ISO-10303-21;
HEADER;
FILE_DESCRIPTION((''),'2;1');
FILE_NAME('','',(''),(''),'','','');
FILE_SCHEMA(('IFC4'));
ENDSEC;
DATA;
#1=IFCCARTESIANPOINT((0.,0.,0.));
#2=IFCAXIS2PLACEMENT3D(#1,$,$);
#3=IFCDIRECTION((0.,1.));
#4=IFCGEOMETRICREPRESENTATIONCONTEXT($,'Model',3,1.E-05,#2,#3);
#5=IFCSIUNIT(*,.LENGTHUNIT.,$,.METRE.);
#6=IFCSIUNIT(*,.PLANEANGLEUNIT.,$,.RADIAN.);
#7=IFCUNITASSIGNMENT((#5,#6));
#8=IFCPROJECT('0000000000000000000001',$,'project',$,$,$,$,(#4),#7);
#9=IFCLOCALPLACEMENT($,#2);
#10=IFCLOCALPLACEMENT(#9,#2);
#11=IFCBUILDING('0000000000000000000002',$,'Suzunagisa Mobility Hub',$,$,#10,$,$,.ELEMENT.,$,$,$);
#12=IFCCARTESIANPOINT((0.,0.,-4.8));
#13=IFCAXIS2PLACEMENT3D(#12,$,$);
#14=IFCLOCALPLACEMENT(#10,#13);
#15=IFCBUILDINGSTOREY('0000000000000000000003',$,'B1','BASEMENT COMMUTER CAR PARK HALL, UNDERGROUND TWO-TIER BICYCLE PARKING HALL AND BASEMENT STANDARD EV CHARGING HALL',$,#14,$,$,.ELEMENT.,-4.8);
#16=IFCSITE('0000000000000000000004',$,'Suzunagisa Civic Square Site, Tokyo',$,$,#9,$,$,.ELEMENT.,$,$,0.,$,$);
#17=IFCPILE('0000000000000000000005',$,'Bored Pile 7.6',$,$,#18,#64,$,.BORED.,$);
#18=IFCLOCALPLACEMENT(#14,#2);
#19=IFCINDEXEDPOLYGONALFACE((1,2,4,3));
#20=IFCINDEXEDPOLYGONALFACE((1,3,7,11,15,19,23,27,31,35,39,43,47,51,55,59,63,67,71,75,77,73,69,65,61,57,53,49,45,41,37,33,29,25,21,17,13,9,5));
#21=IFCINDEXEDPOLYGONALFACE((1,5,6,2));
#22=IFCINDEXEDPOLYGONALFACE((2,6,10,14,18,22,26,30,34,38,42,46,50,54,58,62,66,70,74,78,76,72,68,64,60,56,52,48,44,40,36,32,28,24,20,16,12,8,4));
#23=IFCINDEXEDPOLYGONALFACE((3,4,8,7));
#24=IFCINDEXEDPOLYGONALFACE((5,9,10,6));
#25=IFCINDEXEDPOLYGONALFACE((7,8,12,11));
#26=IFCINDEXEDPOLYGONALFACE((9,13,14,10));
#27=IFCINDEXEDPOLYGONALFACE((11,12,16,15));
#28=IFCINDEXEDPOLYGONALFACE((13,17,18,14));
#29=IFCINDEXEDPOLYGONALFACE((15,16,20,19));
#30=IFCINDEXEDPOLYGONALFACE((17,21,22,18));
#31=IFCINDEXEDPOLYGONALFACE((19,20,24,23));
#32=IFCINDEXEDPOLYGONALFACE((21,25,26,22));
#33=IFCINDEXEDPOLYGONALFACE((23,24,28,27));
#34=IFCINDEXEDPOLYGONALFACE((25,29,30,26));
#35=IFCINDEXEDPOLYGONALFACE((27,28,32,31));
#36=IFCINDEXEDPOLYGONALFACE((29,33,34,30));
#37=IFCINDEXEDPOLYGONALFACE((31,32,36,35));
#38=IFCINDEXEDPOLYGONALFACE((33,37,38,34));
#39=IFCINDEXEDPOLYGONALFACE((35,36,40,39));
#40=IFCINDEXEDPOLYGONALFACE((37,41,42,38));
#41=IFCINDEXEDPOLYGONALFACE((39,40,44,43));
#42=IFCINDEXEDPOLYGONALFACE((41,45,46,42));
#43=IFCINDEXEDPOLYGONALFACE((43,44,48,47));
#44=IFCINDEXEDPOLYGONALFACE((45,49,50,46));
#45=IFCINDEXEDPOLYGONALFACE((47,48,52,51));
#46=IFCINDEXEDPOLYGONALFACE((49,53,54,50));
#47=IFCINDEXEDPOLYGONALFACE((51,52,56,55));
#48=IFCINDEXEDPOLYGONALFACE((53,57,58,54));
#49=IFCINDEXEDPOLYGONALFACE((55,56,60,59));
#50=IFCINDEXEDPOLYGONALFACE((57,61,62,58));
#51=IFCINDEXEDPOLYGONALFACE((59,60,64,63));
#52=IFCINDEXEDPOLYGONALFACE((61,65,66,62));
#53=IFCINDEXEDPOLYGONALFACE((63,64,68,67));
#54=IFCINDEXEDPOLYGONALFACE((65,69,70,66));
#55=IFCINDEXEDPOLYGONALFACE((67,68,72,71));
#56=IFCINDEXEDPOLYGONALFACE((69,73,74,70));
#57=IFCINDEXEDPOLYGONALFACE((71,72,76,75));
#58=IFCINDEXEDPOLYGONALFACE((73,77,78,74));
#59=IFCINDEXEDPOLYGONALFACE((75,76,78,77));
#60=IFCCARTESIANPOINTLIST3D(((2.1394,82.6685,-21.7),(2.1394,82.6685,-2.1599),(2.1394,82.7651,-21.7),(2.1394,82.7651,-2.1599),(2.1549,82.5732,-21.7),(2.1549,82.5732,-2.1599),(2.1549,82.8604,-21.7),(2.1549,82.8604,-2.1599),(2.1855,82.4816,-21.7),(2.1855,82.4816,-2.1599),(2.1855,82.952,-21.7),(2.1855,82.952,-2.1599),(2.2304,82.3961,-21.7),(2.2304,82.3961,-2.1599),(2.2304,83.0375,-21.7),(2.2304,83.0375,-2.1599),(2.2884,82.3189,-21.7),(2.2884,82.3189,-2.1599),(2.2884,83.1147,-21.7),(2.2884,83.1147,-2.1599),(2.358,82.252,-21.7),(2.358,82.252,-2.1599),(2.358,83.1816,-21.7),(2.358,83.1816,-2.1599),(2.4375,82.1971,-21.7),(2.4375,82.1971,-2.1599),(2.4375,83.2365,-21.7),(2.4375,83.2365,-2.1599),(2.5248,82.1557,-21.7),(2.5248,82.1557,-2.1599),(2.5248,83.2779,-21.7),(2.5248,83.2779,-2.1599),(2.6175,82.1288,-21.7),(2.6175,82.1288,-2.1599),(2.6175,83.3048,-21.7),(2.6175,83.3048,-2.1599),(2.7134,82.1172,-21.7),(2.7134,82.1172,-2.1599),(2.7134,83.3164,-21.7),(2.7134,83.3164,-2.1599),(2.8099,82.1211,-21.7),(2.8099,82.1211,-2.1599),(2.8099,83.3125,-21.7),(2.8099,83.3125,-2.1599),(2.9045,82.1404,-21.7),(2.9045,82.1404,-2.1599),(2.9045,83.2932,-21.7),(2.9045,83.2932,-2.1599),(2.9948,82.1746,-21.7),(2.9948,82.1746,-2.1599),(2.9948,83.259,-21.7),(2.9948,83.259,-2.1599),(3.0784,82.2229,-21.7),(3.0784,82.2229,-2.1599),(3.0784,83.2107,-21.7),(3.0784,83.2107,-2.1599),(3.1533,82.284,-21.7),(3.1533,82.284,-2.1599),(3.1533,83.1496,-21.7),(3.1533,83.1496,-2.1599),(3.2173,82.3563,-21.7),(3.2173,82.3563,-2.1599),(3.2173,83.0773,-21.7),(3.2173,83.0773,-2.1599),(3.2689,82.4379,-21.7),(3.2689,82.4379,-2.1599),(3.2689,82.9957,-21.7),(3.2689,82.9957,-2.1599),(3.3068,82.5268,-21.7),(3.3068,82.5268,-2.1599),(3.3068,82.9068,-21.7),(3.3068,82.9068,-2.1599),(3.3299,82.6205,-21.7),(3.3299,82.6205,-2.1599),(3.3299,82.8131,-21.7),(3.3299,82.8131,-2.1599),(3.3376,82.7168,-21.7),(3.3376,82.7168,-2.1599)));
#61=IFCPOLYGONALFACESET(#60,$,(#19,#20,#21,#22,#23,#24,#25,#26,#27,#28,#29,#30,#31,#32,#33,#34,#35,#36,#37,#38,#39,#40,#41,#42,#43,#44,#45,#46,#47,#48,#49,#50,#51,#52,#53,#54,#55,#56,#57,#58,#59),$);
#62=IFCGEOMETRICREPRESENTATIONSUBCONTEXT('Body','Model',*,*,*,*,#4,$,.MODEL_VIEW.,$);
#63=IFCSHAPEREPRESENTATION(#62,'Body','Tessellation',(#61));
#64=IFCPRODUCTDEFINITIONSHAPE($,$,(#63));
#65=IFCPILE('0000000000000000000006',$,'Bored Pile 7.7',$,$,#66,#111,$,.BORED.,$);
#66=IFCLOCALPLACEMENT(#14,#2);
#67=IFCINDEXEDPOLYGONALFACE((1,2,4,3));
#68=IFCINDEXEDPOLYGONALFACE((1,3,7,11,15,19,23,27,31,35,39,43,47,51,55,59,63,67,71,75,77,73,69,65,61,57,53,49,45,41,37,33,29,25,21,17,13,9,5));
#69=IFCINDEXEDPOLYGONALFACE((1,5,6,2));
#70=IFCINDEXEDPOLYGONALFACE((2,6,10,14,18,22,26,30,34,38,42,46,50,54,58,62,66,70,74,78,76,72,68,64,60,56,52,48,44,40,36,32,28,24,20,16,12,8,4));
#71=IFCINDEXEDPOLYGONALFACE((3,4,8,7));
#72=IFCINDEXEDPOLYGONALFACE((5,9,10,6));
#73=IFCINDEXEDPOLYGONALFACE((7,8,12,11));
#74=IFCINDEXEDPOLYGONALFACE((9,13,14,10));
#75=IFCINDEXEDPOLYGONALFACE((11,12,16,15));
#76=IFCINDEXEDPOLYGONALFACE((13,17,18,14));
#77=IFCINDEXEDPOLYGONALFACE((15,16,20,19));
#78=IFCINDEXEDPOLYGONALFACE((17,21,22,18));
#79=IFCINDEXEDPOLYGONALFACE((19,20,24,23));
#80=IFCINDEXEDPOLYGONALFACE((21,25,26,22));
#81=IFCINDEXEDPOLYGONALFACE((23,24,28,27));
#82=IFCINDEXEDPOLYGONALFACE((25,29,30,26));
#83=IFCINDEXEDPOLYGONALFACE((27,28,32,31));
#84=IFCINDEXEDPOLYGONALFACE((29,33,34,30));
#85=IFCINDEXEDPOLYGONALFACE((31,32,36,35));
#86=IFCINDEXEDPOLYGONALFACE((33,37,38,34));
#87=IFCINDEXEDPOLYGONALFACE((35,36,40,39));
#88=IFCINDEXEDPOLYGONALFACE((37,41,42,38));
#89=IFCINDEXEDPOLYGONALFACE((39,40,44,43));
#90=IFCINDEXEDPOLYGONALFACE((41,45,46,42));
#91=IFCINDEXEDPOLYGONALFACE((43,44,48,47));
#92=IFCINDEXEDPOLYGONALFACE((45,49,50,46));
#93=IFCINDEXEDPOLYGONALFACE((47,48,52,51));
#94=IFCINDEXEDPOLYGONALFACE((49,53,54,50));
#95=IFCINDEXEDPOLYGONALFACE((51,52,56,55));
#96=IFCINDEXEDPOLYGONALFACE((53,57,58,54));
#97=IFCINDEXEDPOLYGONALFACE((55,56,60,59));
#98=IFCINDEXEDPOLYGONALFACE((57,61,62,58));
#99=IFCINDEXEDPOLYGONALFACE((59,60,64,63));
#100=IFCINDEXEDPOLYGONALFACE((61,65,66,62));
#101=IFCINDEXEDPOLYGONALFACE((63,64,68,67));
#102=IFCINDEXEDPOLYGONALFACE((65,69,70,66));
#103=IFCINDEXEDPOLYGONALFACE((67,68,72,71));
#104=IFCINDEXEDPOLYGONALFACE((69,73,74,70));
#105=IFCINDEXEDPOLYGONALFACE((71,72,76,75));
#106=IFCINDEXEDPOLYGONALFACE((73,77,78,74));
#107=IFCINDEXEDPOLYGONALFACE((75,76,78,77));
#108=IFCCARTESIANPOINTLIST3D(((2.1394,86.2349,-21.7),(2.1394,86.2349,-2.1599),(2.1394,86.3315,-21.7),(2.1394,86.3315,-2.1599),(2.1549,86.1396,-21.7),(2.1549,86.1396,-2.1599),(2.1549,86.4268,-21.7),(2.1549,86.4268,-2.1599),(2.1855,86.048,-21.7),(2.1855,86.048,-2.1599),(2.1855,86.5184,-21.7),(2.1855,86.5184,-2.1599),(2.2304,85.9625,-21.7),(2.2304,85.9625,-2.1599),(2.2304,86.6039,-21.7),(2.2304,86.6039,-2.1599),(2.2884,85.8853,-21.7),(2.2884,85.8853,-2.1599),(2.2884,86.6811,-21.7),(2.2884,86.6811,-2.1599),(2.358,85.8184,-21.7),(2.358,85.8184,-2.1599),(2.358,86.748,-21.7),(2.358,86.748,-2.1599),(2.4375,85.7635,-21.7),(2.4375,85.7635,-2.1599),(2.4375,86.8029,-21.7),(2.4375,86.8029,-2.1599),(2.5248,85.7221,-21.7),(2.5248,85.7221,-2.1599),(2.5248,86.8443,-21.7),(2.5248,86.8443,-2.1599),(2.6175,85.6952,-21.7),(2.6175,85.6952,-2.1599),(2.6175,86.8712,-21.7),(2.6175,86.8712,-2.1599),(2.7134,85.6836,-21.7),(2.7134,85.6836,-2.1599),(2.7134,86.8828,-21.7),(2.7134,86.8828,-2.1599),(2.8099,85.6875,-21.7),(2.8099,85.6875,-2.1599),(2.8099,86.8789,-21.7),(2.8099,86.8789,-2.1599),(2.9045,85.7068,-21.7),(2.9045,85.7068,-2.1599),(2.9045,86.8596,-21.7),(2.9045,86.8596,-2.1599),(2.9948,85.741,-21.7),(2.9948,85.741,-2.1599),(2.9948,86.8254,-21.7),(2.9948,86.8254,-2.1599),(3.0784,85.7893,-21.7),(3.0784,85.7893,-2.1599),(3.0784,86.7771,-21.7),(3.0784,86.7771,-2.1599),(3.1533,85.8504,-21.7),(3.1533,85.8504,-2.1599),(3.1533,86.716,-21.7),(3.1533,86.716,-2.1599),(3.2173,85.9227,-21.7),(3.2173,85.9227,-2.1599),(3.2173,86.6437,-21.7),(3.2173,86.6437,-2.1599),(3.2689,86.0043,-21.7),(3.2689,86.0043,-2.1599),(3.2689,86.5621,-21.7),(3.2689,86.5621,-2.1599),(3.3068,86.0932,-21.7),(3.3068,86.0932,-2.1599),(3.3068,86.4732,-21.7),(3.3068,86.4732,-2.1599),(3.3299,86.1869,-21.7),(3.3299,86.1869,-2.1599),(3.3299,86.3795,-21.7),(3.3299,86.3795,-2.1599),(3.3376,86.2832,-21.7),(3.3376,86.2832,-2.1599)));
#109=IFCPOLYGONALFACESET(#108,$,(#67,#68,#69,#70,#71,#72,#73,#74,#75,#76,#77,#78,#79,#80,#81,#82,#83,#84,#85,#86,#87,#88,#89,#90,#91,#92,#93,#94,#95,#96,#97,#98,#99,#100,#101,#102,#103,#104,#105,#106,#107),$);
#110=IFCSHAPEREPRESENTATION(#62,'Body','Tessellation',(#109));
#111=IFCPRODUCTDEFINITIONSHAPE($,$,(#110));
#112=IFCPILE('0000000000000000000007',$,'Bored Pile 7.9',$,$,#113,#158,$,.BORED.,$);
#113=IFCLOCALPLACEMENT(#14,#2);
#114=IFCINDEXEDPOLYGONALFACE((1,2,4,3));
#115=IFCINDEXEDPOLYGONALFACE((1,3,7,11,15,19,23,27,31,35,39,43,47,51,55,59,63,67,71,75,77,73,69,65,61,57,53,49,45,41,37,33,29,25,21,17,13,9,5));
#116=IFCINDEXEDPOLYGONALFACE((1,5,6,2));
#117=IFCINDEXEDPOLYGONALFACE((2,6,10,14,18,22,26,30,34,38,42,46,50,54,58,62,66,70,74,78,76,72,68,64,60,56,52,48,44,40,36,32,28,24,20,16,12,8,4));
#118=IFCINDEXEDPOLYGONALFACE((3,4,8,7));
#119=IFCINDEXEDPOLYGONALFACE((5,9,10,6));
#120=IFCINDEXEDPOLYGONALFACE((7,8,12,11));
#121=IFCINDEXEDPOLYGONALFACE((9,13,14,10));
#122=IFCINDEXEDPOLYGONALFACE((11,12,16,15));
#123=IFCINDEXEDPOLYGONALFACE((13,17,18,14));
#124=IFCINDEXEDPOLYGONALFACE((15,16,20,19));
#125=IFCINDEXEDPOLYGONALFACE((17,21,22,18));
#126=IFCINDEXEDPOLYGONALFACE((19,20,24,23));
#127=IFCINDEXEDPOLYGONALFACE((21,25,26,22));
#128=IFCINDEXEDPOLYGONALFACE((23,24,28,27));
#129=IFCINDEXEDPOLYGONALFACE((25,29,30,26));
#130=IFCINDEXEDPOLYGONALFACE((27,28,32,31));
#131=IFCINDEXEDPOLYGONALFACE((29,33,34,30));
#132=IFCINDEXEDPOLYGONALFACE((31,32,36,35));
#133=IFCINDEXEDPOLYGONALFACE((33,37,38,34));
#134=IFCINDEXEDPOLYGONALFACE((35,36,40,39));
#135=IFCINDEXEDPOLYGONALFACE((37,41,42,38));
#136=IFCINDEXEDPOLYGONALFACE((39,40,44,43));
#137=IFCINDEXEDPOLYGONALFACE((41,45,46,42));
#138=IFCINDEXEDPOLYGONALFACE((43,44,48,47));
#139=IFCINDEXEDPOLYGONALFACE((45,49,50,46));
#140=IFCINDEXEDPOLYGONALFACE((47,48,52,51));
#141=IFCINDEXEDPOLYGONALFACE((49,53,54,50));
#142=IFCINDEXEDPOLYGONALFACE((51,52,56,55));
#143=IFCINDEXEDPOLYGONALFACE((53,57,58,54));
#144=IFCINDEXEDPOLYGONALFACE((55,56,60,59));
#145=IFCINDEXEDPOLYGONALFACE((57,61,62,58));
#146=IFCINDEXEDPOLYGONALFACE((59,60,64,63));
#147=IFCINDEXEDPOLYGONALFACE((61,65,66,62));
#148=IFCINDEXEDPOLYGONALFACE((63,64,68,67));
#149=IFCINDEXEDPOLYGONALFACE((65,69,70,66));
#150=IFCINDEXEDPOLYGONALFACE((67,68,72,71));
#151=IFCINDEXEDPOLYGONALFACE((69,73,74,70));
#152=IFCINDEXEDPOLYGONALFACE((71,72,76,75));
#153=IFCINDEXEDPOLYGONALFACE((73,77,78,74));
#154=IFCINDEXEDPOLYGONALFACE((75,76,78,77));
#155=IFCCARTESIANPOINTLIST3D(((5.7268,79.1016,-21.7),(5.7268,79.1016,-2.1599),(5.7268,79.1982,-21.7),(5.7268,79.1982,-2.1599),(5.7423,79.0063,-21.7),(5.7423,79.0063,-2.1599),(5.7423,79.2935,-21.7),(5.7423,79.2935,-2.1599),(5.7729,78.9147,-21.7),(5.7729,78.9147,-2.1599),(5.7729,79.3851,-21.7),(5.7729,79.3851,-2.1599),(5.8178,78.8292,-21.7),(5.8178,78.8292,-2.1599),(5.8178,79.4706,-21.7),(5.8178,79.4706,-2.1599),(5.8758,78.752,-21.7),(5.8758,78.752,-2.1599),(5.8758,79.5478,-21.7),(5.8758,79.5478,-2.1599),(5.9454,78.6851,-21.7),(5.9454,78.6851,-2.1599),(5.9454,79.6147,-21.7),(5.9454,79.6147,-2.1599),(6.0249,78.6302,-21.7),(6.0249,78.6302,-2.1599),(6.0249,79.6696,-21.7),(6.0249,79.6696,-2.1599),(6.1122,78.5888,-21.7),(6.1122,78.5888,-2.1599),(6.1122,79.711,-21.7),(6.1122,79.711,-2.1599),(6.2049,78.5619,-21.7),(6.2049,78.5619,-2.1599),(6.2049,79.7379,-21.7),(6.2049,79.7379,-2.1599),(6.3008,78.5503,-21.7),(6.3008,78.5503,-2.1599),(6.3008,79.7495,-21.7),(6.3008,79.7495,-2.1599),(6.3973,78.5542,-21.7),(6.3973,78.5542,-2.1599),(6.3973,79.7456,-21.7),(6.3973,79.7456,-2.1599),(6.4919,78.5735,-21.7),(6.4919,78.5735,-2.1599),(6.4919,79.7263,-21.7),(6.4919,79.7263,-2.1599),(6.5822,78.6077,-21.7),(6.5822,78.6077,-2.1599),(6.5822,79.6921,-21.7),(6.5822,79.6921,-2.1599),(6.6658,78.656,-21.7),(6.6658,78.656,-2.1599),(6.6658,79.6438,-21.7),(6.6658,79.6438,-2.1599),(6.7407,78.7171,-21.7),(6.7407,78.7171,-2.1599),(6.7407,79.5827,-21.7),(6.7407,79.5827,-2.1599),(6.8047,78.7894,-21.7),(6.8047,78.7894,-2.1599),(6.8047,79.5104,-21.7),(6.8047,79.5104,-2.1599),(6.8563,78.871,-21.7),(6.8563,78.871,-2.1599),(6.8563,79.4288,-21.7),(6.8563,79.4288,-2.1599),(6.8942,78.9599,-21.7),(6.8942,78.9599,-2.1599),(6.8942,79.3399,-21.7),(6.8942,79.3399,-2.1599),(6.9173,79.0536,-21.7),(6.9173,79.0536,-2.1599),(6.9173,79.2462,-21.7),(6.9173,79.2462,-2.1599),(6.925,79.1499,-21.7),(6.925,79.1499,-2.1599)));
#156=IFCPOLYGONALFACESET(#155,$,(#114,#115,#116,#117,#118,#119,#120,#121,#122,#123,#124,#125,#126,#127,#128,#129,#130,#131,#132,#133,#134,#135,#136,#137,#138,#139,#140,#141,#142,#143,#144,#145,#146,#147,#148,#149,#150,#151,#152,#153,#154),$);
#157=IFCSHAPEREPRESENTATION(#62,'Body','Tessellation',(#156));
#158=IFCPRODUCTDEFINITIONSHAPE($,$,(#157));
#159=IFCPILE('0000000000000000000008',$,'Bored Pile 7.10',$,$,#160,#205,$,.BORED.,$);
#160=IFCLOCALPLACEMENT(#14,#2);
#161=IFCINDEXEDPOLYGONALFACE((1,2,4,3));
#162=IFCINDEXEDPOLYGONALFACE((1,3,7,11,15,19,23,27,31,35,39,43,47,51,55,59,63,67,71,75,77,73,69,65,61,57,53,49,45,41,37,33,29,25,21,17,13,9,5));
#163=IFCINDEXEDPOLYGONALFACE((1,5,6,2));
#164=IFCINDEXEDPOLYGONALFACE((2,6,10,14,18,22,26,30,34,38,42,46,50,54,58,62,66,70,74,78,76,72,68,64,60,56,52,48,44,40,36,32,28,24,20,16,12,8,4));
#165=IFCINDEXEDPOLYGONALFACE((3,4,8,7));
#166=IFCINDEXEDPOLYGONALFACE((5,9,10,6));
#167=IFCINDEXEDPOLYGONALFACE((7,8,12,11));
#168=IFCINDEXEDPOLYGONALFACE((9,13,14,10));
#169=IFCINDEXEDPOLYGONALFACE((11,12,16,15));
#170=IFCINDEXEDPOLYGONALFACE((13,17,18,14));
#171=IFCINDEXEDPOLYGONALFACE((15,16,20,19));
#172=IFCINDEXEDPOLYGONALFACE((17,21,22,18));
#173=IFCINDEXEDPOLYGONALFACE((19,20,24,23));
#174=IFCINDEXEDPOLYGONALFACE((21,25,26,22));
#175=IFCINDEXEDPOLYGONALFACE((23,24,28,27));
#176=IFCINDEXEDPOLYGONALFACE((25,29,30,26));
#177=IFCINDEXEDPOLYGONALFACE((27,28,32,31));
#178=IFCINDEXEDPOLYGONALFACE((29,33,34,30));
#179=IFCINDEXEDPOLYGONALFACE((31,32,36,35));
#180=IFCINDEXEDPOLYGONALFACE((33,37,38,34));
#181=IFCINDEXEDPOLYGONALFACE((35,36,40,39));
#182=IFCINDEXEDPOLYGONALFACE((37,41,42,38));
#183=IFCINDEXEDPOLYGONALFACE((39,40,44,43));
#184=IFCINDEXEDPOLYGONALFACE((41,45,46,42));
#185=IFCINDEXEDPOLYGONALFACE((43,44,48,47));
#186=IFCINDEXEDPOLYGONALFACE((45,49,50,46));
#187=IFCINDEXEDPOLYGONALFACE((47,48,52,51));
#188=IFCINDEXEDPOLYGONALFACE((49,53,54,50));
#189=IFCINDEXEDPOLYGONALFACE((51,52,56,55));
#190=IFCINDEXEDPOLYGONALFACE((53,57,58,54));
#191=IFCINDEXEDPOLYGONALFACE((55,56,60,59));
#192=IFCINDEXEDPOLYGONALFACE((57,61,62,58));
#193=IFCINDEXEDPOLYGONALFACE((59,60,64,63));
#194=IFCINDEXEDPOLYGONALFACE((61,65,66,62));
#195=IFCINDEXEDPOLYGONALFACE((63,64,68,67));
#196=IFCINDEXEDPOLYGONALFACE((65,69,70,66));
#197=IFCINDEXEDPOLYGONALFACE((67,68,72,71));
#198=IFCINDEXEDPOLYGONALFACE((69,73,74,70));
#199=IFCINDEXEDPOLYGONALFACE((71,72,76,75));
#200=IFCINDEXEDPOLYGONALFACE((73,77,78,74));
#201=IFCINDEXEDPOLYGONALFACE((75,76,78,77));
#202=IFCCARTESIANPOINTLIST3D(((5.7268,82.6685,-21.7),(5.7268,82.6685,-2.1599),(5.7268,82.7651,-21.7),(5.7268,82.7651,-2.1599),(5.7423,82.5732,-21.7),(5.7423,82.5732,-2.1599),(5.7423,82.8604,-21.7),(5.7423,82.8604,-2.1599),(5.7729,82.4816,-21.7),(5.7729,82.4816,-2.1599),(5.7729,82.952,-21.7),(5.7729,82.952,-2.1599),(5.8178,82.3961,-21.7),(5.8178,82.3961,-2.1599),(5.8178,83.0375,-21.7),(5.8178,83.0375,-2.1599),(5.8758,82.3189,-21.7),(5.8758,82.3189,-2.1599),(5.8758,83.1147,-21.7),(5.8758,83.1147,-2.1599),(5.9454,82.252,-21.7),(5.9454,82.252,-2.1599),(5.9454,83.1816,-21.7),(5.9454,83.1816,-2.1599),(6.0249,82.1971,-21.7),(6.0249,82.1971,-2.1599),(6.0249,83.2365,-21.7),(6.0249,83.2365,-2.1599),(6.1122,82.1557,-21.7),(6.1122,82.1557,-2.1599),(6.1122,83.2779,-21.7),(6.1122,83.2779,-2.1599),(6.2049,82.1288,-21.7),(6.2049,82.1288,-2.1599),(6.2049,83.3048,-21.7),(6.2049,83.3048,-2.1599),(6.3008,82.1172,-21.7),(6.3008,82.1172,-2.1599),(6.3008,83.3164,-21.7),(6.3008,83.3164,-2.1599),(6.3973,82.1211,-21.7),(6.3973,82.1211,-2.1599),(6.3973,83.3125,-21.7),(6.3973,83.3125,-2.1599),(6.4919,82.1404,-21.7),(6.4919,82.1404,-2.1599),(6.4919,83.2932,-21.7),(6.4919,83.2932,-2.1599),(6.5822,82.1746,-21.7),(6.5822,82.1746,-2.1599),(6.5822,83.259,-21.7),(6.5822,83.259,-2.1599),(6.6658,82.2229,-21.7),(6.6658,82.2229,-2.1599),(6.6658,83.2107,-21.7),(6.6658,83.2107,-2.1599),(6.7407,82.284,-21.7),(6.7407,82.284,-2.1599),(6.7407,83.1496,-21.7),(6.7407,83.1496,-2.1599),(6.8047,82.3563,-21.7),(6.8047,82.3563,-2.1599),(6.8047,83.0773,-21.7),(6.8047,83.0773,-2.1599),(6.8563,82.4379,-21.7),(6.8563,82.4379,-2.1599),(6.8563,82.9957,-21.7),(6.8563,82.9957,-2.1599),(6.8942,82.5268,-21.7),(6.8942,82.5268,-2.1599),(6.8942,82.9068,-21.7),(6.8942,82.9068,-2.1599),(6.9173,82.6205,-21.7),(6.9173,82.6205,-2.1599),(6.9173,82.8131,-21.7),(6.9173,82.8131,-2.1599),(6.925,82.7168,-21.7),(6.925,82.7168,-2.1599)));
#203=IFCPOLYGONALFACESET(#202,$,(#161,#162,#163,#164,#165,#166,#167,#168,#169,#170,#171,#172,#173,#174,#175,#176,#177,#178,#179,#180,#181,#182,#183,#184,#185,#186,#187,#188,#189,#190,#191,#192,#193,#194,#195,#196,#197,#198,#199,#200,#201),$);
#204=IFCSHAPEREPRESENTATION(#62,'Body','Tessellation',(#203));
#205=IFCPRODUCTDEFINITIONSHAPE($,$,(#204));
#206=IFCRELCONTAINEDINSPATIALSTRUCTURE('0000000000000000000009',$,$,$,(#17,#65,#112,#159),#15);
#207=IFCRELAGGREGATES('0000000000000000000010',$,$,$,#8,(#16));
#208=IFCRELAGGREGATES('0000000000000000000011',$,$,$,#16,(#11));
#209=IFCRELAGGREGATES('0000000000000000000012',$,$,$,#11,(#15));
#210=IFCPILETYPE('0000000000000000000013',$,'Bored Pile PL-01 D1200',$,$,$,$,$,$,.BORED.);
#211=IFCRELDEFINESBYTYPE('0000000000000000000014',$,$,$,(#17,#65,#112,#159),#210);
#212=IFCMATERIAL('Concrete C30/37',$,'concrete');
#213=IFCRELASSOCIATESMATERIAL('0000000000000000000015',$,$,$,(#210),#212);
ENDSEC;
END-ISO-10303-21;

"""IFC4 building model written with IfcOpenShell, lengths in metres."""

from ifc_helpers import new_model, si_unit, direction, frame, origin, origin_2d, place, context, subcontext, project, spatial, circle, extrude, material, material_profile, profile_set, type_object, element, save


model = new_model("IFC4")

# Units and contexts
model_context = context("Model", 3, precision=1e-05, world=origin(), true_north=direction((0.0, 1.0)))
body_context = subcontext(model_context, "Body", "Model", "MODEL_VIEW")
ifc_project = project(units=[si_unit("LENGTHUNIT", "METRE"), si_unit("PLANEANGLEUNIT", "RADIAN")], contexts=[model_context])

# Site, building, storey
site_placement = place(None, origin())
site = spatial("IfcSite", under=ifc_project, at=site_placement, Name="Suzunagisa Civic Square Site, Tokyo", CompositionType="ELEMENT", RefElevation=0.0)
building_placement = place(site_placement, origin())
building = spatial("IfcBuilding", under=site, at=building_placement, Name="Suzunagisa Mobility Hub", CompositionType="ELEMENT")
storey_placement = place(building_placement, frame((0.0, 0.0, -4.8)))
storey = spatial("IfcBuildingStorey", under=building, at=storey_placement, Name="B1", Description="BASEMENT COMMUTER CAR PARK HALL, UNDERGROUND TWO-TIER BICYCLE PARKING HALL AND BASEMENT STANDARD EV CHARGING HALL", CompositionType="ELEMENT", Elevation=-4.8)

# Piles
ifc_material_1 = material(Name="Concrete C30/37", Category="concrete")
ifc_material_profile_1 = material_profile(ifc_material_1, circle(Radius=0.6001, at=origin_2d()), Name="BORED PILE D1200")
ifc_profile_set_1 = profile_set([ifc_material_profile_1], Name="Concrete C30/37")
pile_type_1 = type_object("IfcPileType", Name="Bored Pile PL-01 D1200", PredefinedType="BORED", material=ifc_profile_set_1)
for number, where, z_axis, x_axis, name in (
    (1, (2.7375, 82.7168, -2.1599), (0.0, 0.0, -1.0), (1.0, 0.0, 0.0), "Bored Pile 7.6"),
    (2, (2.7375, 86.2832, -2.1599), (0.0, 0.0, -1.0), (1.0, 0.0, 0.0), "Bored Pile 7.7"),
    (3, (6.325, 79.1499, -2.1599), (0.0, 0.0, -1.0), (1.0, 0.0, 0.0), "Bored Pile 7.9"),
    (4, (6.325, 82.7168, -2.1599), (0.0, 0.0, -1.0), (1.0, 0.0, 0.0), "Bored Pile 7.10"),
):
    element("IfcPile", number, at=place(storey_placement, frame(where, z_axis=z_axis, x_axis=x_axis)), inside=storey, type_object=pile_type_1, Name=name, PredefinedType="BORED", context=body_context, shape_type="SweptSolid", body=[
        extrude(circle(Radius=0.6001, at=origin_2d()), origin(), (0.0, 0.0, 1.0), 19.54),
    ])

save(model, "model.ifc")
